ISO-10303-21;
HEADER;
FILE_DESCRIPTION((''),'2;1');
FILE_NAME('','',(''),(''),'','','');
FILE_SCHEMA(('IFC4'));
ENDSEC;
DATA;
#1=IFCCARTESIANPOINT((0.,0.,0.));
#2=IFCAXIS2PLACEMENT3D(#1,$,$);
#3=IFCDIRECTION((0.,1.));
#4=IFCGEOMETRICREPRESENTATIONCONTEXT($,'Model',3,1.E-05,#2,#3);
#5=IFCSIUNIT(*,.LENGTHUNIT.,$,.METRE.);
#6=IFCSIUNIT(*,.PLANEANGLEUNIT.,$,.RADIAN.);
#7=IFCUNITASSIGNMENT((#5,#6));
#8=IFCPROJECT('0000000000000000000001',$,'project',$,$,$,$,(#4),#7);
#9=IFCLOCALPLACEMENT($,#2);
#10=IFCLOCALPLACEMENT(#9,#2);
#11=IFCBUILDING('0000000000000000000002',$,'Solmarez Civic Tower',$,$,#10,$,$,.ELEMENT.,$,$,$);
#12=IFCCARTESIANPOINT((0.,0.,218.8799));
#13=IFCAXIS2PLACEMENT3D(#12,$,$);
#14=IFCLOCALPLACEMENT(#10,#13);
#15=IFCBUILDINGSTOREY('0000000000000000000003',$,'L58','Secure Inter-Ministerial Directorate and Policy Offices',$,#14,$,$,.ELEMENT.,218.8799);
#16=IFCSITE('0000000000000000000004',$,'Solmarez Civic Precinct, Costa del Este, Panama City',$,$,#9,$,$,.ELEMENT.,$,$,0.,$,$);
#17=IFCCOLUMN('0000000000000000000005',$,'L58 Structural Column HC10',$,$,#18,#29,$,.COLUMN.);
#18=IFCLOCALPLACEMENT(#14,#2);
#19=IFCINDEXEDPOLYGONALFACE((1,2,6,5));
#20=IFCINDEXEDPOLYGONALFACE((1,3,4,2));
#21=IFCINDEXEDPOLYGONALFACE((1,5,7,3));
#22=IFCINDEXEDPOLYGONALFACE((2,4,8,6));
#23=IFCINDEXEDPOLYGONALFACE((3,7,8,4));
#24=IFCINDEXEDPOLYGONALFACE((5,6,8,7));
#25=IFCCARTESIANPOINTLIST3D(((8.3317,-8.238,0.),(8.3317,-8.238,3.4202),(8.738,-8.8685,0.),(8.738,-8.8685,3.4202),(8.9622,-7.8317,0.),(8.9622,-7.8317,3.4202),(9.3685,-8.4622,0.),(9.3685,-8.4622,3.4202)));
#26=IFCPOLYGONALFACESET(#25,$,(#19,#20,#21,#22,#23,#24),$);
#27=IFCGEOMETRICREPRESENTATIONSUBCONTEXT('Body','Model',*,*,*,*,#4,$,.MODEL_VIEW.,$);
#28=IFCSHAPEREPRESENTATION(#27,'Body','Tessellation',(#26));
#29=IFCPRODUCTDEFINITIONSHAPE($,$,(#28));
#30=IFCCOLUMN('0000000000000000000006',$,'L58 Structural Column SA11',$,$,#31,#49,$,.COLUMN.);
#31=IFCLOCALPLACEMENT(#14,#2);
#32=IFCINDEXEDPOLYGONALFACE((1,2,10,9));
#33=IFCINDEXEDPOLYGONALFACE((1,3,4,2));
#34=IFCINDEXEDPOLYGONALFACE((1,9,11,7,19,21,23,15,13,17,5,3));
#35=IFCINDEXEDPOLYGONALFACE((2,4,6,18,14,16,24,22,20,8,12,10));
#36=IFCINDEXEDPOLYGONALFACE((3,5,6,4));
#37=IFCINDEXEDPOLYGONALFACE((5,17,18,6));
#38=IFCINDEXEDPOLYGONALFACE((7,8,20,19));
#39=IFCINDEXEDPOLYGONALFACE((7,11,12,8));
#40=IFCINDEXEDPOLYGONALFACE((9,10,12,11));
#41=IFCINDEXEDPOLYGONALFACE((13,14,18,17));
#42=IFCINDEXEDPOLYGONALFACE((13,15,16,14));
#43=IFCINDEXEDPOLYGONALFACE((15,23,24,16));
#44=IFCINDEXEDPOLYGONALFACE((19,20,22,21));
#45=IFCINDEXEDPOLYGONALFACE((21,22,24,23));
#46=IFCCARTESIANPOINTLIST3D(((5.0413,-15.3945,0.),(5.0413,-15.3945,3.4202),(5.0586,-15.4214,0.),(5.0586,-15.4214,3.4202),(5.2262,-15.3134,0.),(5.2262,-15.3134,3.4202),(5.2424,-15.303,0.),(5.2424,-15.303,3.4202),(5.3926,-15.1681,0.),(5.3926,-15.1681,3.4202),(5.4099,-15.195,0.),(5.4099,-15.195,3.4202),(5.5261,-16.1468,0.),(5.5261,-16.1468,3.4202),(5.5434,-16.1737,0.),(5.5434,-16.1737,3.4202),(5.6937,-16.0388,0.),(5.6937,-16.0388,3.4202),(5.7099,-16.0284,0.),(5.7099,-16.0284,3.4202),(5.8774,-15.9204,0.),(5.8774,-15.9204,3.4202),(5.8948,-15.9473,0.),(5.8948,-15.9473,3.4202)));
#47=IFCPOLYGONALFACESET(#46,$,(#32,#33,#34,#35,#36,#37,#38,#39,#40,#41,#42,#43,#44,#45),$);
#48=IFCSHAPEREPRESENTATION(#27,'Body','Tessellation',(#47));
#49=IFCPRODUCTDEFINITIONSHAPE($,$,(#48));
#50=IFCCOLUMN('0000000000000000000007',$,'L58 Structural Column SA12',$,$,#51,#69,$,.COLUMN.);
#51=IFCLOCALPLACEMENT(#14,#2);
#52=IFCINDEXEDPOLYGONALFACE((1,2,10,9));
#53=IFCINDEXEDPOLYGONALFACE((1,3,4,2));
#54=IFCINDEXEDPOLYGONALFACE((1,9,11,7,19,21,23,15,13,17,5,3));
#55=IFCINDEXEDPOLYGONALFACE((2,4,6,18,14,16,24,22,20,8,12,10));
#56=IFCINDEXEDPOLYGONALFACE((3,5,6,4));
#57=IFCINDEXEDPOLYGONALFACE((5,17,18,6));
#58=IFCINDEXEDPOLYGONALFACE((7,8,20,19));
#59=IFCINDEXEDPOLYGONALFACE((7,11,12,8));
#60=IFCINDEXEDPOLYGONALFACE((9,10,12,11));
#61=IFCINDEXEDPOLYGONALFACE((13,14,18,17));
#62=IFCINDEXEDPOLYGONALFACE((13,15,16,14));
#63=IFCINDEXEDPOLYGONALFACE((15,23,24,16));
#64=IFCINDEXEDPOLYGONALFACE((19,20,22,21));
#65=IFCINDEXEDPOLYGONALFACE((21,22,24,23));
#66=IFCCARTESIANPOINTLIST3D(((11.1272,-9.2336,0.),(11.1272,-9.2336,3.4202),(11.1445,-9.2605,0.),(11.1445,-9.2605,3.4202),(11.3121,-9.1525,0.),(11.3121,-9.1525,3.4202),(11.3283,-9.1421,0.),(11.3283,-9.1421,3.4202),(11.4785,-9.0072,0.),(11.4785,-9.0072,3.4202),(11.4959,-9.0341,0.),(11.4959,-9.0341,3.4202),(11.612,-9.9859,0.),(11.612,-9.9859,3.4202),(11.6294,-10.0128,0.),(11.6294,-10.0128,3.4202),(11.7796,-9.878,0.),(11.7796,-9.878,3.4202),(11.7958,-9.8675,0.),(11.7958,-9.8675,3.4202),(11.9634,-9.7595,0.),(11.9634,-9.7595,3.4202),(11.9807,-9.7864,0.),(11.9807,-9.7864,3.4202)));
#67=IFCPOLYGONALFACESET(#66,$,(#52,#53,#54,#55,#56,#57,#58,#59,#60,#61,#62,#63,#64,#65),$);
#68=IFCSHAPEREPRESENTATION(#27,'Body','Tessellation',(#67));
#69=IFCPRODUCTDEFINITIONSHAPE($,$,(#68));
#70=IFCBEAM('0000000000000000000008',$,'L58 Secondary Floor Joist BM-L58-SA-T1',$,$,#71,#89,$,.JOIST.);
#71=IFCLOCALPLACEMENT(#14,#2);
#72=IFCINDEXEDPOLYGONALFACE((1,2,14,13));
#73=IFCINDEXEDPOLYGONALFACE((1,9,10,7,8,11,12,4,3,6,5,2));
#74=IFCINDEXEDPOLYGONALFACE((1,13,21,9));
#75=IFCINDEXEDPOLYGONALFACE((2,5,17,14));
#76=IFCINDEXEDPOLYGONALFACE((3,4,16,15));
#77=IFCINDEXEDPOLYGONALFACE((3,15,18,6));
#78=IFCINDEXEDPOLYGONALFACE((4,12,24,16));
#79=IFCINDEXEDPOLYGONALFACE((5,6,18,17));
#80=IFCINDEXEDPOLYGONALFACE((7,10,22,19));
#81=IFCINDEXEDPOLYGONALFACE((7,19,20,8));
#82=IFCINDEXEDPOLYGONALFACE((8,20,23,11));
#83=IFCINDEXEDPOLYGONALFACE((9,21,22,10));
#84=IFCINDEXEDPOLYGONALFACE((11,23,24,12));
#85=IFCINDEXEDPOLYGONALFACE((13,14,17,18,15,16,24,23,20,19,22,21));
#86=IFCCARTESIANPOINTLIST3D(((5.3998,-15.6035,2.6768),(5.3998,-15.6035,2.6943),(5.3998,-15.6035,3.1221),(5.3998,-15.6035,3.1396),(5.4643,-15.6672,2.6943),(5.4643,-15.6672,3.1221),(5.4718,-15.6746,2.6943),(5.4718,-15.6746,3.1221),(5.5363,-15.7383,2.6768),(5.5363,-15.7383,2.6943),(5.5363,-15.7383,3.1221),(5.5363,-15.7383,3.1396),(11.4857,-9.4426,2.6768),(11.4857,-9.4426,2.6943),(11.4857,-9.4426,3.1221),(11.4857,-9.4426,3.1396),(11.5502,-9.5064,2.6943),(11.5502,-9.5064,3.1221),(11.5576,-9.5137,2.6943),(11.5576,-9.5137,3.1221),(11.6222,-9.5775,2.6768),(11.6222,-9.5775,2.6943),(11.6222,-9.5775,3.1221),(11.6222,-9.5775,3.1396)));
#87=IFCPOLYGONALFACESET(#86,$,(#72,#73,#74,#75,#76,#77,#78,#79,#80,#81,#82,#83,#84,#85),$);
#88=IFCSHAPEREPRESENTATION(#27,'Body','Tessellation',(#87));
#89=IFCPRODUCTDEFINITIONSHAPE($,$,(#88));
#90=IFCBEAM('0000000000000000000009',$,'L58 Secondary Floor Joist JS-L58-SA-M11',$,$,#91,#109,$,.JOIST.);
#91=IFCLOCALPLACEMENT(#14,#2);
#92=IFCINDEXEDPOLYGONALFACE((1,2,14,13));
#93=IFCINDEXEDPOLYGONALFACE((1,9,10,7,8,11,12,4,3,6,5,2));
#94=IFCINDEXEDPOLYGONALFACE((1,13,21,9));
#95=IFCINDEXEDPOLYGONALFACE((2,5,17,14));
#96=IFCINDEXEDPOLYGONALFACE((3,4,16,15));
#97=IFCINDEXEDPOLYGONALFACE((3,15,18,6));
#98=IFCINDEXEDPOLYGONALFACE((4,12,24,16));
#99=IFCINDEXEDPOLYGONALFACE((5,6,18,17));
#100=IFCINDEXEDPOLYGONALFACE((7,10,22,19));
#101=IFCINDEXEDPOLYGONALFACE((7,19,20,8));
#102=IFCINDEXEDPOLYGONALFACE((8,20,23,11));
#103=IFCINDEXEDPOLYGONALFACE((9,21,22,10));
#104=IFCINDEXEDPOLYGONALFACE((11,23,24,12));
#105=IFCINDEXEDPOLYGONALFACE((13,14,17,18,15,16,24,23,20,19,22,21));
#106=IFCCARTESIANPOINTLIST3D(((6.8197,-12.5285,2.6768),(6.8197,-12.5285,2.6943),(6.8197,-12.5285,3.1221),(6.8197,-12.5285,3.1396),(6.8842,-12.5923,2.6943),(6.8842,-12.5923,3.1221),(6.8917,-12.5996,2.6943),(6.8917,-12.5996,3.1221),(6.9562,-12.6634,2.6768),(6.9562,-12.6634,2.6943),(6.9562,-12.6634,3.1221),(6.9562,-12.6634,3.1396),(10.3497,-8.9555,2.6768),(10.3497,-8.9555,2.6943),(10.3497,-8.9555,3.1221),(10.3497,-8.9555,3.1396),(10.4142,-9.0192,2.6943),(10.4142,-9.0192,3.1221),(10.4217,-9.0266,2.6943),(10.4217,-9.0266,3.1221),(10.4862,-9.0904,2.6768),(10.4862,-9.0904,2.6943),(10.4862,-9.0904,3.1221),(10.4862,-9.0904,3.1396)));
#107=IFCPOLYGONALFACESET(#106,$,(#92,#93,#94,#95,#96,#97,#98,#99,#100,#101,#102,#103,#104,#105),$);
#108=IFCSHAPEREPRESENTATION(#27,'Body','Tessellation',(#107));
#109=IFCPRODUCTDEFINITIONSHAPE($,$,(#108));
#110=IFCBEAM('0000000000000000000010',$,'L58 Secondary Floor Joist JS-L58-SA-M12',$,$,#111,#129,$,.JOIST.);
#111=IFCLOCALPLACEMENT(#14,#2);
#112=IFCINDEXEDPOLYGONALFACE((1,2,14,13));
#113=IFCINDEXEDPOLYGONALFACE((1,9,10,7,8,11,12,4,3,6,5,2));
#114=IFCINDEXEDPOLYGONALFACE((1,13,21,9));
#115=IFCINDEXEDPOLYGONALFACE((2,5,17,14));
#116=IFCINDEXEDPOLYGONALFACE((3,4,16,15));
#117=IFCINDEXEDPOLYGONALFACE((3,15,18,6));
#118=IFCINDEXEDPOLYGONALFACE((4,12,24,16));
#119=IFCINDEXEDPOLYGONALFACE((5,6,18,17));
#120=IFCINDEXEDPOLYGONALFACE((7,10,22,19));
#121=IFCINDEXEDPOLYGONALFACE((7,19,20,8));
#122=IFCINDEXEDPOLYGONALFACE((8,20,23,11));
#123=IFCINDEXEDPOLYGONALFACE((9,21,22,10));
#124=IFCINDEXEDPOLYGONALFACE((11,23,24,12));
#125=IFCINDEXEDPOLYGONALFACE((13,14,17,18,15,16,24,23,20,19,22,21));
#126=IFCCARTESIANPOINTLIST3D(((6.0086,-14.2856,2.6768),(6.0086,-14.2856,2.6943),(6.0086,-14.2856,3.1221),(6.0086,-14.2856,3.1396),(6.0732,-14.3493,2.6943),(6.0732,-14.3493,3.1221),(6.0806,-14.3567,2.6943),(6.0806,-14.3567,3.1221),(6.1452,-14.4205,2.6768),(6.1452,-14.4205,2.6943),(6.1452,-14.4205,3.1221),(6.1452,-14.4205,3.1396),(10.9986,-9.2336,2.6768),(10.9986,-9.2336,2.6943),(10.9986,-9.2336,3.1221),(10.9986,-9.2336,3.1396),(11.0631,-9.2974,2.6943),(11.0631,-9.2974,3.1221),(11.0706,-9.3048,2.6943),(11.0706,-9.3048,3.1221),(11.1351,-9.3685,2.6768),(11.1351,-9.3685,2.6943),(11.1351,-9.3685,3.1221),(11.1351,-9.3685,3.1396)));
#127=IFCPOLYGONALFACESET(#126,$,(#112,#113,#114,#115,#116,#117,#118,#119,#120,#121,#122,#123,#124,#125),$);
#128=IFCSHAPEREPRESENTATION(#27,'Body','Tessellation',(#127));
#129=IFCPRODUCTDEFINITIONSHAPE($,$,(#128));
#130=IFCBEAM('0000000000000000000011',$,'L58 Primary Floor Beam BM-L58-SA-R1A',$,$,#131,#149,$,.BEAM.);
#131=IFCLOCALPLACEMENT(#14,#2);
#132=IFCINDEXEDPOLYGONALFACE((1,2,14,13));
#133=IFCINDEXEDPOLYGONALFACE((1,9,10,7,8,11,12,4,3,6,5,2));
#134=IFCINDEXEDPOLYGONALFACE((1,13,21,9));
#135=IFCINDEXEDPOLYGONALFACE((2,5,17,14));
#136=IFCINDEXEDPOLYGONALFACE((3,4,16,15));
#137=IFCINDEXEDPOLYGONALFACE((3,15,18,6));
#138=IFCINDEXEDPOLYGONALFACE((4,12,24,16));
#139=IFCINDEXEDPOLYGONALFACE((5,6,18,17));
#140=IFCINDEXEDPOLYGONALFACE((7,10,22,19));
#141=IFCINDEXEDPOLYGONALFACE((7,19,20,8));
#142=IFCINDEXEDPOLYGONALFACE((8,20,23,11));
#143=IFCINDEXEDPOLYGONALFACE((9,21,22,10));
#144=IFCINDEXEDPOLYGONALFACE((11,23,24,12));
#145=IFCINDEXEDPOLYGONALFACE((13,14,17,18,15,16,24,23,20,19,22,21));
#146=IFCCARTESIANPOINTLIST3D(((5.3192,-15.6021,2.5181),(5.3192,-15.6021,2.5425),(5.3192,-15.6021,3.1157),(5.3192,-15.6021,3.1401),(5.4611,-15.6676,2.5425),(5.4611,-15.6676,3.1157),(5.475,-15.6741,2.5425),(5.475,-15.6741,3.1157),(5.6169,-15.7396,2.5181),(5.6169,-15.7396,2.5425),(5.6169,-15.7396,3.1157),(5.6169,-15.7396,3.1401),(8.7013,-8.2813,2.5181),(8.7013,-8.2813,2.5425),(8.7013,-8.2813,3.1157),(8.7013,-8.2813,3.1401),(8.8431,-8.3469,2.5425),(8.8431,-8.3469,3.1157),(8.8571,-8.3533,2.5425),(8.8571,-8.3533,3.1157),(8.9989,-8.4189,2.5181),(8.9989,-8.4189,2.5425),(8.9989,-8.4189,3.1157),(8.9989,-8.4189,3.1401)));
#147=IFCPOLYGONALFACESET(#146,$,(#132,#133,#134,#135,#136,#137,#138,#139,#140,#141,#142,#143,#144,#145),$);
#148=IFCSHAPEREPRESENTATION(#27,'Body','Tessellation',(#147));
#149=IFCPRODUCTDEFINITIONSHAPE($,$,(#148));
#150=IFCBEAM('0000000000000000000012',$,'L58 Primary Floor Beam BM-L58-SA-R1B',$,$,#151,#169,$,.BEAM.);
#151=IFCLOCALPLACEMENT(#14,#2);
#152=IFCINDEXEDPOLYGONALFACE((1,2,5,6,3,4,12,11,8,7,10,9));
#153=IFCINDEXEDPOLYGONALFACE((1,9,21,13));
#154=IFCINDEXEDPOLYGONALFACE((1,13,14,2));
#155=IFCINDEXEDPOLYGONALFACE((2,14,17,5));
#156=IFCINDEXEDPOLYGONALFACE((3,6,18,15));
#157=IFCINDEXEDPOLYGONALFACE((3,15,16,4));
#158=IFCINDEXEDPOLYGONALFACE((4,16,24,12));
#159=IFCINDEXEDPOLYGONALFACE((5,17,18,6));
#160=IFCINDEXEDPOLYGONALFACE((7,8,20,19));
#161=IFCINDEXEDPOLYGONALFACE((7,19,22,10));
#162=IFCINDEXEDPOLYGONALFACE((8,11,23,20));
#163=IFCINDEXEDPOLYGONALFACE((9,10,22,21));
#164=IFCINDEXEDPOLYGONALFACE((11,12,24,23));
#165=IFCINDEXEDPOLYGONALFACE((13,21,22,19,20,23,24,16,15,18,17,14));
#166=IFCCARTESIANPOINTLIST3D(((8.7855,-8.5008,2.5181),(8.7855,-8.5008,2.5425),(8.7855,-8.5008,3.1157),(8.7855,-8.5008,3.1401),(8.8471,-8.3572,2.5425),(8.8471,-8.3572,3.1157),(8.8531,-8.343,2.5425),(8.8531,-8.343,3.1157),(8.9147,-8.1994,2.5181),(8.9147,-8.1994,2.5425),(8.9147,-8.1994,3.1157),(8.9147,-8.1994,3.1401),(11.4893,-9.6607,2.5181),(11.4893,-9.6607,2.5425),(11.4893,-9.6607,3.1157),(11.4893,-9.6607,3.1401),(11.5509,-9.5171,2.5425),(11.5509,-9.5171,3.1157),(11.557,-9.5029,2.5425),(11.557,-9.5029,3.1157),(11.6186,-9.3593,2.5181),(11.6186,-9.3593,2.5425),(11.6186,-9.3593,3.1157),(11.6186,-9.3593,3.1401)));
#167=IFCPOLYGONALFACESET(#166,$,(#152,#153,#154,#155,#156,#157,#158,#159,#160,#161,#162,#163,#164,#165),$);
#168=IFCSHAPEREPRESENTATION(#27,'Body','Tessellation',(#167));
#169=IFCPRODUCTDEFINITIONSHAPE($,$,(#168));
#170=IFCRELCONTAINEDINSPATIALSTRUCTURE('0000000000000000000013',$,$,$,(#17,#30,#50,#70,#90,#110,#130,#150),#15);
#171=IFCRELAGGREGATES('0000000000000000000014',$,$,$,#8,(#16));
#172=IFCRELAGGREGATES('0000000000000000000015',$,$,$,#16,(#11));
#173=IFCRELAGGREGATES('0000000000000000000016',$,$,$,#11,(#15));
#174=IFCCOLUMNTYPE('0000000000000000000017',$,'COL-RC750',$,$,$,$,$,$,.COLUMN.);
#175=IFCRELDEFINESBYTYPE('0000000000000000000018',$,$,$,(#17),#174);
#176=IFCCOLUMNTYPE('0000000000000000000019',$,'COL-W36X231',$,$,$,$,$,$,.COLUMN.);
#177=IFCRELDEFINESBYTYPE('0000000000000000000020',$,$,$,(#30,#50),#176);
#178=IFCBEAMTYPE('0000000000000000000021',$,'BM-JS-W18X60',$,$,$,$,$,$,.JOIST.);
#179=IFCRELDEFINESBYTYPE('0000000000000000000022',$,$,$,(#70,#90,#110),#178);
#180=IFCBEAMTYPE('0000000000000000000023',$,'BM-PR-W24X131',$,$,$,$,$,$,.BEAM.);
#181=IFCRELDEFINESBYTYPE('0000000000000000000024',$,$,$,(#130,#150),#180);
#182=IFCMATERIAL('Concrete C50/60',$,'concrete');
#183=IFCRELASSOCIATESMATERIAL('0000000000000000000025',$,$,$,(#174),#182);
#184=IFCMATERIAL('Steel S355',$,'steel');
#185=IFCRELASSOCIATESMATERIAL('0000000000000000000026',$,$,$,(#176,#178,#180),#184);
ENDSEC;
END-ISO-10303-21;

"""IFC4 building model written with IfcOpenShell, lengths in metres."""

from ifc_helpers import new_model, si_unit, direction, frame, origin, origin_2d, place, context, subcontext, project, spatial, rectangle, i_section, extrude, material, material_profile, profile_set, type_object, element, save


model = new_model("IFC4")

# Units and contexts
model_context = context("Model", 3, precision=1e-05, world=origin(), true_north=direction((0.0, 1.0)))
body_context = subcontext(model_context, "Body", "Model", "MODEL_VIEW")
ifc_project = project(units=[si_unit("LENGTHUNIT", "METRE"), si_unit("PLANEANGLEUNIT", "RADIAN")], contexts=[model_context])

# Site, building, storey
site_placement = place(None, origin())
site = spatial("IfcSite", under=ifc_project, at=site_placement, Name="Solmarez Civic Precinct, Costa del Este, Panama City", CompositionType="ELEMENT", RefElevation=0.0)
building_placement = place(site_placement, origin())
building = spatial("IfcBuilding", under=site, at=building_placement, Name="Solmarez Civic Tower", CompositionType="ELEMENT")
storey_placement = place(building_placement, frame((0.0, 0.0, 218.8799)))
storey = spatial("IfcBuildingStorey", under=building, at=storey_placement, Name="L58", Description="Secure Inter-Ministerial Directorate and Policy Offices", CompositionType="ELEMENT", Elevation=218.8799)

# Columns
ifc_material_1 = material(Name="Concrete C50/60", Category="concrete")
ifc_material_profile_1 = material_profile(ifc_material_1, rectangle(XDim=0.75, YDim=0.75, at=origin_2d()), Name="RC750X750")
ifc_profile_set_1 = profile_set([ifc_material_profile_1], Name="Concrete C50/60")
column_type_1 = type_object("IfcColumnType", Name="COL-RC750", PredefinedType="COLUMN", material=ifc_profile_set_1)
column_placement = place(storey_placement, frame((8.8501, -8.3501, 0.0), z_axis=(0.0, 0.0, 1.0), x_axis=(0.840567, 0.541708, 0.0)))
element("IfcColumn", 1, at=column_placement, inside=storey, type_object=column_type_1, Name="L58 Structural Column HC10", PredefinedType="COLUMN", context=body_context, shape_type="SweptSolid", body=[
    extrude(rectangle(XDim=0.75, YDim=0.75, at=origin_2d()), origin(), (0.0, 0.0, 1.0), 3.4202),
])
ifc_material_2 = material(Name="Steel S355", Category="steel")
ifc_material_profile_2 = material_profile(ifc_material_2, i_section(OverallWidth=0.418, OverallDepth=0.927, WebThickness=0.0193, FlangeThickness=0.032, at=origin_2d()), Name="W36X231")
ifc_profile_set_2 = profile_set([ifc_material_profile_2], Name="Steel S355")
column_type_2 = type_object("IfcColumnType", Name="COL-W36X231", PredefinedType="COLUMN", material=ifc_profile_set_2)
for number, where, z_axis, x_axis, name in (
    (2, (5.468, -15.6709, 0.0), (0.0, 0.0, 1.0), (0.840567, 0.541708, 0.0), "L58 Structural Column SA11"),
    (3, (11.554, -9.51, 0.0), (0.0, 0.0, 1.0), (0.840567, 0.541708, 0.0), "L58 Structural Column SA12"),
):
    element("IfcColumn", number, at=place(storey_placement, frame(where, z_axis=z_axis, x_axis=x_axis)), inside=storey, type_object=column_type_2, Name=name, PredefinedType="COLUMN", context=body_context, shape_type="SweptSolid", body=[
        extrude(i_section(OverallWidth=0.418, OverallDepth=0.927, WebThickness=0.0193, FlangeThickness=0.032, at=origin_2d()), origin(), (0.0, 0.0, 1.0), 3.4202),
    ])

# Beams
ifc_material_profile_3 = material_profile(ifc_material_2, i_section(OverallWidth=0.1919, OverallDepth=0.4629, WebThickness=0.0105, FlangeThickness=0.0176, at=origin_2d()), Name="W18X60")
ifc_profile_set_3 = profile_set([ifc_material_profile_3], Name="Steel S355")
beam_type_1 = type_object("IfcBeamType", Name="BM-JS-W18X60", PredefinedType="JOIST", material=ifc_profile_set_3)
beam_1_placement = place(storey_placement, frame((5.468, -15.6709, 2.9082), z_axis=(0.702766, 0.711421, 0.0), x_axis=(-0.711421, 0.702766, 0.0)))
element("IfcBeam", 4, at=beam_1_placement, inside=storey, type_object=beam_type_1, Name="L58 Secondary Floor Joist BM-L58-SA-T1", PredefinedType="JOIST", context=body_context, shape_type="SweptSolid", body=[
    extrude(i_section(OverallWidth=0.1919, OverallDepth=0.4629, WebThickness=0.0105, FlangeThickness=0.0176, at=origin_2d()), origin(), (0.0, 0.0, 1.0), 8.6599),
])
beam_2_placement = place(storey_placement, frame((6.8879, -12.5959, 2.9082), z_axis=(0.702816, 0.711371, 0.0), x_axis=(-0.711371, 0.702816, 0.0)))
element("IfcBeam", 5, at=beam_2_placement, inside=storey, type_object=beam_type_1, Name="L58 Secondary Floor Joist JS-L58-SA-M11", PredefinedType="JOIST", context=body_context, shape_type="SweptSolid", body=[
    extrude(i_section(OverallWidth=0.1919, OverallDepth=0.4629, WebThickness=0.0105, FlangeThickness=0.0176, at=origin_2d()), origin(), (0.0, 0.0, 1.0), 5.0227),
])
beam_3_placement = place(storey_placement, frame((6.0769, -14.353, 2.9082), z_axis=(0.702727, 0.71146, 0.0), x_axis=(-0.71146, 0.702727, 0.0)))
element("IfcBeam", 6, at=beam_3_placement, inside=storey, type_object=beam_type_1, Name="L58 Secondary Floor Joist JS-L58-SA-M12", PredefinedType="JOIST", context=body_context, shape_type="SweptSolid", body=[
    extrude(i_section(OverallWidth=0.1919, OverallDepth=0.4629, WebThickness=0.0105, FlangeThickness=0.0176, at=origin_2d()), origin(), (0.0, 0.0, 1.0), 7.1008),
])
ifc_material_profile_4 = material_profile(ifc_material_2, i_section(OverallWidth=0.3279, OverallDepth=0.6221, WebThickness=0.0154, FlangeThickness=0.0244, at=origin_2d()), Name="W24X131")
ifc_profile_set_4 = profile_set([ifc_material_profile_4], Name="Steel S355")
beam_type_2 = type_object("IfcBeamType", Name="BM-PR-W24X131", PredefinedType="BEAM", material=ifc_profile_set_4)
beam_4_placement = place(storey_placement, frame((8.8501, -8.3501, 2.8291), z_axis=(-0.41939, -0.907806, 0.0), x_axis=(0.907806, -0.41939, 0.0)))
element("IfcBeam", 7, at=beam_4_placement, inside=storey, type_object=beam_type_2, Name="L58 Primary Floor Beam BM-L58-SA-R1A", PredefinedType="BEAM", context=body_context, shape_type="SweptSolid", body=[
    extrude(i_section(OverallWidth=0.3279, OverallDepth=0.6221, WebThickness=0.0154, FlangeThickness=0.0244, at=origin_2d()), origin(), (0.0, 0.0, 1.0), 8.0642),
])
beam_5_placement = place(storey_placement, frame((8.8501, -8.3501, 2.8291), z_axis=(0.919008, -0.39424, 0.0), x_axis=(0.39424, 0.919008, 0.0)))
element("IfcBeam", 8, at=beam_5_placement, inside=storey, type_object=beam_type_2, Name="L58 Primary Floor Beam BM-L58-SA-R1B", PredefinedType="BEAM", context=body_context, shape_type="SweptSolid", body=[
    extrude(i_section(OverallWidth=0.3279, OverallDepth=0.6221, WebThickness=0.0154, FlangeThickness=0.0244, at=origin_2d()), origin(), (0.0, 0.0, 1.0), 2.9421),
])

save(model, "model.ifc")
